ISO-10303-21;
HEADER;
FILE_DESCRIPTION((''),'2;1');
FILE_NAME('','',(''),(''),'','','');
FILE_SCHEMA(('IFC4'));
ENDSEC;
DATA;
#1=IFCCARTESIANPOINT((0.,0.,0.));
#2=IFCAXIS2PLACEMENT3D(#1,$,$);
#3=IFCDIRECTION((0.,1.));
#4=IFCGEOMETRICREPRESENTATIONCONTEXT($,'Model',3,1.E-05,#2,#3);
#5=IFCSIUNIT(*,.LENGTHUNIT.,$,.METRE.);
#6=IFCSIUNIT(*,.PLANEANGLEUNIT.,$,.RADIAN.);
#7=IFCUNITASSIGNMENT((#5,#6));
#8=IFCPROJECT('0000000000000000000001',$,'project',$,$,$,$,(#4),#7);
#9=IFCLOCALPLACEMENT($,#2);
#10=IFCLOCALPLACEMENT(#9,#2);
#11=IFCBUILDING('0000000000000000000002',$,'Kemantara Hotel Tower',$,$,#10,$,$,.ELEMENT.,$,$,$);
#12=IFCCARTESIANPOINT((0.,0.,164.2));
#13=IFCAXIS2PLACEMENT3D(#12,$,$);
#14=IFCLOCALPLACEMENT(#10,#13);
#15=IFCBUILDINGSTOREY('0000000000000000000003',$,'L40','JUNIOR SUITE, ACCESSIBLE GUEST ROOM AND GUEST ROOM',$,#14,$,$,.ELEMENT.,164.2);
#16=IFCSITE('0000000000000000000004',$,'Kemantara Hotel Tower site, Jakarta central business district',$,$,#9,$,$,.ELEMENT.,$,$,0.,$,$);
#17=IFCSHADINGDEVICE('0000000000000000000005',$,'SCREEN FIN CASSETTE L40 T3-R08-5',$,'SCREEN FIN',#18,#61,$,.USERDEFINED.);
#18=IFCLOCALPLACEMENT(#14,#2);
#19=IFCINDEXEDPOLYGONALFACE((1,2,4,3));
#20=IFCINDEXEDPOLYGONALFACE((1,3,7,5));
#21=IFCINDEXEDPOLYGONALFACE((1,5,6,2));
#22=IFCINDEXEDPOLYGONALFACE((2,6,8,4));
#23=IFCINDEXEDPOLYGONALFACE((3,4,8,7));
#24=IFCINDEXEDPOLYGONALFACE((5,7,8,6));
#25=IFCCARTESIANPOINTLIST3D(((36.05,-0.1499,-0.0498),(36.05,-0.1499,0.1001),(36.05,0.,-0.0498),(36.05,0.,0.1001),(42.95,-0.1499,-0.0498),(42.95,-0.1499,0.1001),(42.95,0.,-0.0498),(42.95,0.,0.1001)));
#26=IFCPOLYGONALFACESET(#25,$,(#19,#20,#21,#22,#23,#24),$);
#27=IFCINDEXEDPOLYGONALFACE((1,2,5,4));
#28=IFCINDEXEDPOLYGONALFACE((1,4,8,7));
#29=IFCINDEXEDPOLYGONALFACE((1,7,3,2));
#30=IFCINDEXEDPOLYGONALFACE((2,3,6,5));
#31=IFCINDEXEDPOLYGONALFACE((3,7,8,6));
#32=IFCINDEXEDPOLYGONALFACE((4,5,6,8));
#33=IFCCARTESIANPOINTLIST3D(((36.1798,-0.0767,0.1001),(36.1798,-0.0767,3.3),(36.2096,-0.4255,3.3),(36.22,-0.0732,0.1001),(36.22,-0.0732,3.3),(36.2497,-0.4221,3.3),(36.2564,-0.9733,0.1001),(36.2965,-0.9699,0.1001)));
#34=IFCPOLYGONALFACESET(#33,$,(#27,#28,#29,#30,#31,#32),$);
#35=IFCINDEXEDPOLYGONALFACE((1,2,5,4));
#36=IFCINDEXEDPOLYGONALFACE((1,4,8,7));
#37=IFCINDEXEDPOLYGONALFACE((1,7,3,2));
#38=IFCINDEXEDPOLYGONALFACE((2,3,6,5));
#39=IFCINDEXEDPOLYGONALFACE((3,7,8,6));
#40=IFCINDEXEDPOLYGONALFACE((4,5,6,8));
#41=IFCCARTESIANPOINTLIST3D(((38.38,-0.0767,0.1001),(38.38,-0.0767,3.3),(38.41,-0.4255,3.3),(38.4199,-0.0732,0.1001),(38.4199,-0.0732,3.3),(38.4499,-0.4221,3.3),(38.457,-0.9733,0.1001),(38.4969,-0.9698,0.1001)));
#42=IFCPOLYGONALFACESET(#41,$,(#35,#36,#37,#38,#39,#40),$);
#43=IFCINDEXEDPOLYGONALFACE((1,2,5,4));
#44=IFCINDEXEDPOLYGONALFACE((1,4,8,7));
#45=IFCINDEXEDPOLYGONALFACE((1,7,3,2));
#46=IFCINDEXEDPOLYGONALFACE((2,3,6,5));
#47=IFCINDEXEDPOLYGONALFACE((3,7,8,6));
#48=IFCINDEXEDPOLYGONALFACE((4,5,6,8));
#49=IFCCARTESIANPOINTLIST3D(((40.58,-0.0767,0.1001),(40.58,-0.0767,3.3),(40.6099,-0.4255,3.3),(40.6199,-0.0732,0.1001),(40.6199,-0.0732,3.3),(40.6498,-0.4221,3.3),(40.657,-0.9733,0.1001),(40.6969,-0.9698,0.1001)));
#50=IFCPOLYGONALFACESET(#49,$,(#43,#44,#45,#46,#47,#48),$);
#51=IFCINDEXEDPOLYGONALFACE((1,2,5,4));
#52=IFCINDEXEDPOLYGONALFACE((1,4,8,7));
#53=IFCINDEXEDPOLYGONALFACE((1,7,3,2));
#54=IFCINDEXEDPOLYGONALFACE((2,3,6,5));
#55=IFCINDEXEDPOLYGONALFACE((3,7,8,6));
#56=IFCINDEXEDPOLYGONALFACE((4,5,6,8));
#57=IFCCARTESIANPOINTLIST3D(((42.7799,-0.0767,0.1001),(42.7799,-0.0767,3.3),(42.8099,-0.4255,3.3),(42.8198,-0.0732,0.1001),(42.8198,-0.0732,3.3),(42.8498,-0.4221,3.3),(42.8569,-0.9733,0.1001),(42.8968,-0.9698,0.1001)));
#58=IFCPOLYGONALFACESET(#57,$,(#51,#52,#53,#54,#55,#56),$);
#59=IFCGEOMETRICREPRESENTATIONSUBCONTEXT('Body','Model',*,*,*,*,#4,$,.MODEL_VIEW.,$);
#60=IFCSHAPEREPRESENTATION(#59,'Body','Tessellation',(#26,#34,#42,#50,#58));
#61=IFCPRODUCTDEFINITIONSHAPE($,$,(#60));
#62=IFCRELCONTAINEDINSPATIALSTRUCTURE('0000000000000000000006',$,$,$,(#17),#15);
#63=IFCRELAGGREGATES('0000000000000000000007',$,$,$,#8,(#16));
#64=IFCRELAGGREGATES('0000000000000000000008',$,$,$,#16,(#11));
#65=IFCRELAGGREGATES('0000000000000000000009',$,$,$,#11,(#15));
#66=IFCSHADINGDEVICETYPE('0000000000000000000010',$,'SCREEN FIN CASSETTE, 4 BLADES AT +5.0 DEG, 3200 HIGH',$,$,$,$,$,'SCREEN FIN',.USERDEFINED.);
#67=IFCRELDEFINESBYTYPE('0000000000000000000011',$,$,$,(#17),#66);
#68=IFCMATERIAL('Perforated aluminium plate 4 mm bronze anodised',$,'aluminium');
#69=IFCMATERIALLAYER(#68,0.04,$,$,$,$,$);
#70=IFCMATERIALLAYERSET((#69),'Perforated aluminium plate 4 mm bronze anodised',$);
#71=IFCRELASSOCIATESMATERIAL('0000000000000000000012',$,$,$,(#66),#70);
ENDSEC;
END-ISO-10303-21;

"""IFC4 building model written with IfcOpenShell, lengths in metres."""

from ifc_helpers import new_model, si_unit, direction, frame, origin, origin_2d, place, context, subcontext, project, spatial, polyline, rectangle, outline, extrude, source, transform, mapped, material, layer, layer_set, type_object, element, save


model = new_model("IFC4")

# Units and contexts
model_context = context("Model", 3, precision=1e-05, world=origin(), true_north=direction((0.0, 1.0)))
body_context = subcontext(model_context, "Body", "Model", "MODEL_VIEW")
ifc_project = project(units=[si_unit("LENGTHUNIT", "METRE"), si_unit("PLANEANGLEUNIT", "RADIAN")], contexts=[model_context])

# Site, building, storey
site_placement = place(None, origin())
site = spatial("IfcSite", under=ifc_project, at=site_placement, Name="Kemantara Hotel Tower site, Jakarta central business district", CompositionType="ELEMENT", RefElevation=0.0)
building_placement = place(site_placement, origin())
building = spatial("IfcBuilding", under=site, at=building_placement, Name="Kemantara Hotel Tower", CompositionType="ELEMENT")
storey_placement = place(building_placement, frame((0.0, 0.0, 164.2)))
storey = spatial("IfcBuildingStorey", under=building, at=storey_placement, Name="L40", Description="JUNIOR SUITE, ACCESSIBLE GUEST ROOM AND GUEST ROOM", CompositionType="ELEMENT", Elevation=164.2)

# Shading device
ifc_material_1 = material(Name="Perforated aluminium plate 4 mm bronze anodised", Category="aluminium")
ifc_layer_1 = layer(ifc_material_1, 0.04)
ifc_layer_set_1 = layer_set([ifc_layer_1], Name="Perforated aluminium plate 4 mm bronze anodised")
shading_device_type_1 = type_object("IfcShadingDeviceType", Name="SCREEN FIN CASSETTE, 4 BLADES AT +5.0 DEG, 3200 HIGH", ElementType="SCREEN FIN", PredefinedType="USERDEFINED", material=ifc_layer_set_1)
shared_shape_1 = source(origin(), body_context, "Body", "SweptSolid", [
    extrude(rectangle(XDim=6.8999, YDim=0.1499, at=origin_2d()), frame((3.3, -0.075, -0.1499), z_axis=(0.0, 0.0, 1.0), x_axis=(1.0, 0.0, 0.0)), (0.0, 0.0, 1.0), 0.1499),
    extrude(outline(polyline([(0.0, 0.0), (0.8999, 0.0), (0.3501, 3.2), (0.0, 3.2), (0.0, 0.0)])), frame((0.02, -0.0732, 0.0), z_axis=(-0.996376, -0.085056, 0.0), x_axis=(0.085056, -0.996376, 0.0)), (0.0, 0.0, 1.0), 0.0403),
    extrude(outline(polyline([(0.0, 0.0), (0.8999, 0.0), (0.3501, 3.2), (0.0, 3.2), (0.0, 0.0)])), frame((2.22, -0.0732, 0.0), z_axis=(-0.996332, -0.085575, 0.0), x_axis=(0.085575, -0.996332, 0.0)), (0.0, 0.0, 1.0), 0.04),
    extrude(outline(polyline([(0.0, 0.0), (0.8999, 0.0), (0.3501, 3.2), (0.0, 3.2), (0.0, 0.0)])), frame((4.4199, -0.0732, 0.0), z_axis=(-0.996332, -0.085575, 0.0), x_axis=(0.085575, -0.996332, 0.0)), (0.0, 0.0, 1.0), 0.04),
    extrude(outline(polyline([(0.0, 0.0), (0.8999, 0.0), (0.3501, 3.2), (0.0, 3.2), (0.0, 0.0)])), frame((6.6199, -0.0732, 0.0), z_axis=(-0.996332, -0.085575, 0.0), x_axis=(0.085575, -0.996332, 0.0)), (0.0, 0.0, 1.0), 0.04),
])
shading_device_1_placement = place(storey_placement, frame((36.2, 0.0, 0.1001), z_axis=(0.0, 0.0, 1.0), x_axis=(1.0, 0.0, 0.0)))
element("IfcShadingDevice", 1, at=shading_device_1_placement, inside=storey, type_object=shading_device_type_1, Name="SCREEN FIN CASSETTE L40 T3-R08-5", ObjectType="SCREEN FIN", PredefinedType="USERDEFINED", context=body_context, shape_type="MappedRepresentation", body=[
    mapped(shared_shape_1, transform((0.0, 0.0, 0.0))),
])

save(model, "model.ifc")
